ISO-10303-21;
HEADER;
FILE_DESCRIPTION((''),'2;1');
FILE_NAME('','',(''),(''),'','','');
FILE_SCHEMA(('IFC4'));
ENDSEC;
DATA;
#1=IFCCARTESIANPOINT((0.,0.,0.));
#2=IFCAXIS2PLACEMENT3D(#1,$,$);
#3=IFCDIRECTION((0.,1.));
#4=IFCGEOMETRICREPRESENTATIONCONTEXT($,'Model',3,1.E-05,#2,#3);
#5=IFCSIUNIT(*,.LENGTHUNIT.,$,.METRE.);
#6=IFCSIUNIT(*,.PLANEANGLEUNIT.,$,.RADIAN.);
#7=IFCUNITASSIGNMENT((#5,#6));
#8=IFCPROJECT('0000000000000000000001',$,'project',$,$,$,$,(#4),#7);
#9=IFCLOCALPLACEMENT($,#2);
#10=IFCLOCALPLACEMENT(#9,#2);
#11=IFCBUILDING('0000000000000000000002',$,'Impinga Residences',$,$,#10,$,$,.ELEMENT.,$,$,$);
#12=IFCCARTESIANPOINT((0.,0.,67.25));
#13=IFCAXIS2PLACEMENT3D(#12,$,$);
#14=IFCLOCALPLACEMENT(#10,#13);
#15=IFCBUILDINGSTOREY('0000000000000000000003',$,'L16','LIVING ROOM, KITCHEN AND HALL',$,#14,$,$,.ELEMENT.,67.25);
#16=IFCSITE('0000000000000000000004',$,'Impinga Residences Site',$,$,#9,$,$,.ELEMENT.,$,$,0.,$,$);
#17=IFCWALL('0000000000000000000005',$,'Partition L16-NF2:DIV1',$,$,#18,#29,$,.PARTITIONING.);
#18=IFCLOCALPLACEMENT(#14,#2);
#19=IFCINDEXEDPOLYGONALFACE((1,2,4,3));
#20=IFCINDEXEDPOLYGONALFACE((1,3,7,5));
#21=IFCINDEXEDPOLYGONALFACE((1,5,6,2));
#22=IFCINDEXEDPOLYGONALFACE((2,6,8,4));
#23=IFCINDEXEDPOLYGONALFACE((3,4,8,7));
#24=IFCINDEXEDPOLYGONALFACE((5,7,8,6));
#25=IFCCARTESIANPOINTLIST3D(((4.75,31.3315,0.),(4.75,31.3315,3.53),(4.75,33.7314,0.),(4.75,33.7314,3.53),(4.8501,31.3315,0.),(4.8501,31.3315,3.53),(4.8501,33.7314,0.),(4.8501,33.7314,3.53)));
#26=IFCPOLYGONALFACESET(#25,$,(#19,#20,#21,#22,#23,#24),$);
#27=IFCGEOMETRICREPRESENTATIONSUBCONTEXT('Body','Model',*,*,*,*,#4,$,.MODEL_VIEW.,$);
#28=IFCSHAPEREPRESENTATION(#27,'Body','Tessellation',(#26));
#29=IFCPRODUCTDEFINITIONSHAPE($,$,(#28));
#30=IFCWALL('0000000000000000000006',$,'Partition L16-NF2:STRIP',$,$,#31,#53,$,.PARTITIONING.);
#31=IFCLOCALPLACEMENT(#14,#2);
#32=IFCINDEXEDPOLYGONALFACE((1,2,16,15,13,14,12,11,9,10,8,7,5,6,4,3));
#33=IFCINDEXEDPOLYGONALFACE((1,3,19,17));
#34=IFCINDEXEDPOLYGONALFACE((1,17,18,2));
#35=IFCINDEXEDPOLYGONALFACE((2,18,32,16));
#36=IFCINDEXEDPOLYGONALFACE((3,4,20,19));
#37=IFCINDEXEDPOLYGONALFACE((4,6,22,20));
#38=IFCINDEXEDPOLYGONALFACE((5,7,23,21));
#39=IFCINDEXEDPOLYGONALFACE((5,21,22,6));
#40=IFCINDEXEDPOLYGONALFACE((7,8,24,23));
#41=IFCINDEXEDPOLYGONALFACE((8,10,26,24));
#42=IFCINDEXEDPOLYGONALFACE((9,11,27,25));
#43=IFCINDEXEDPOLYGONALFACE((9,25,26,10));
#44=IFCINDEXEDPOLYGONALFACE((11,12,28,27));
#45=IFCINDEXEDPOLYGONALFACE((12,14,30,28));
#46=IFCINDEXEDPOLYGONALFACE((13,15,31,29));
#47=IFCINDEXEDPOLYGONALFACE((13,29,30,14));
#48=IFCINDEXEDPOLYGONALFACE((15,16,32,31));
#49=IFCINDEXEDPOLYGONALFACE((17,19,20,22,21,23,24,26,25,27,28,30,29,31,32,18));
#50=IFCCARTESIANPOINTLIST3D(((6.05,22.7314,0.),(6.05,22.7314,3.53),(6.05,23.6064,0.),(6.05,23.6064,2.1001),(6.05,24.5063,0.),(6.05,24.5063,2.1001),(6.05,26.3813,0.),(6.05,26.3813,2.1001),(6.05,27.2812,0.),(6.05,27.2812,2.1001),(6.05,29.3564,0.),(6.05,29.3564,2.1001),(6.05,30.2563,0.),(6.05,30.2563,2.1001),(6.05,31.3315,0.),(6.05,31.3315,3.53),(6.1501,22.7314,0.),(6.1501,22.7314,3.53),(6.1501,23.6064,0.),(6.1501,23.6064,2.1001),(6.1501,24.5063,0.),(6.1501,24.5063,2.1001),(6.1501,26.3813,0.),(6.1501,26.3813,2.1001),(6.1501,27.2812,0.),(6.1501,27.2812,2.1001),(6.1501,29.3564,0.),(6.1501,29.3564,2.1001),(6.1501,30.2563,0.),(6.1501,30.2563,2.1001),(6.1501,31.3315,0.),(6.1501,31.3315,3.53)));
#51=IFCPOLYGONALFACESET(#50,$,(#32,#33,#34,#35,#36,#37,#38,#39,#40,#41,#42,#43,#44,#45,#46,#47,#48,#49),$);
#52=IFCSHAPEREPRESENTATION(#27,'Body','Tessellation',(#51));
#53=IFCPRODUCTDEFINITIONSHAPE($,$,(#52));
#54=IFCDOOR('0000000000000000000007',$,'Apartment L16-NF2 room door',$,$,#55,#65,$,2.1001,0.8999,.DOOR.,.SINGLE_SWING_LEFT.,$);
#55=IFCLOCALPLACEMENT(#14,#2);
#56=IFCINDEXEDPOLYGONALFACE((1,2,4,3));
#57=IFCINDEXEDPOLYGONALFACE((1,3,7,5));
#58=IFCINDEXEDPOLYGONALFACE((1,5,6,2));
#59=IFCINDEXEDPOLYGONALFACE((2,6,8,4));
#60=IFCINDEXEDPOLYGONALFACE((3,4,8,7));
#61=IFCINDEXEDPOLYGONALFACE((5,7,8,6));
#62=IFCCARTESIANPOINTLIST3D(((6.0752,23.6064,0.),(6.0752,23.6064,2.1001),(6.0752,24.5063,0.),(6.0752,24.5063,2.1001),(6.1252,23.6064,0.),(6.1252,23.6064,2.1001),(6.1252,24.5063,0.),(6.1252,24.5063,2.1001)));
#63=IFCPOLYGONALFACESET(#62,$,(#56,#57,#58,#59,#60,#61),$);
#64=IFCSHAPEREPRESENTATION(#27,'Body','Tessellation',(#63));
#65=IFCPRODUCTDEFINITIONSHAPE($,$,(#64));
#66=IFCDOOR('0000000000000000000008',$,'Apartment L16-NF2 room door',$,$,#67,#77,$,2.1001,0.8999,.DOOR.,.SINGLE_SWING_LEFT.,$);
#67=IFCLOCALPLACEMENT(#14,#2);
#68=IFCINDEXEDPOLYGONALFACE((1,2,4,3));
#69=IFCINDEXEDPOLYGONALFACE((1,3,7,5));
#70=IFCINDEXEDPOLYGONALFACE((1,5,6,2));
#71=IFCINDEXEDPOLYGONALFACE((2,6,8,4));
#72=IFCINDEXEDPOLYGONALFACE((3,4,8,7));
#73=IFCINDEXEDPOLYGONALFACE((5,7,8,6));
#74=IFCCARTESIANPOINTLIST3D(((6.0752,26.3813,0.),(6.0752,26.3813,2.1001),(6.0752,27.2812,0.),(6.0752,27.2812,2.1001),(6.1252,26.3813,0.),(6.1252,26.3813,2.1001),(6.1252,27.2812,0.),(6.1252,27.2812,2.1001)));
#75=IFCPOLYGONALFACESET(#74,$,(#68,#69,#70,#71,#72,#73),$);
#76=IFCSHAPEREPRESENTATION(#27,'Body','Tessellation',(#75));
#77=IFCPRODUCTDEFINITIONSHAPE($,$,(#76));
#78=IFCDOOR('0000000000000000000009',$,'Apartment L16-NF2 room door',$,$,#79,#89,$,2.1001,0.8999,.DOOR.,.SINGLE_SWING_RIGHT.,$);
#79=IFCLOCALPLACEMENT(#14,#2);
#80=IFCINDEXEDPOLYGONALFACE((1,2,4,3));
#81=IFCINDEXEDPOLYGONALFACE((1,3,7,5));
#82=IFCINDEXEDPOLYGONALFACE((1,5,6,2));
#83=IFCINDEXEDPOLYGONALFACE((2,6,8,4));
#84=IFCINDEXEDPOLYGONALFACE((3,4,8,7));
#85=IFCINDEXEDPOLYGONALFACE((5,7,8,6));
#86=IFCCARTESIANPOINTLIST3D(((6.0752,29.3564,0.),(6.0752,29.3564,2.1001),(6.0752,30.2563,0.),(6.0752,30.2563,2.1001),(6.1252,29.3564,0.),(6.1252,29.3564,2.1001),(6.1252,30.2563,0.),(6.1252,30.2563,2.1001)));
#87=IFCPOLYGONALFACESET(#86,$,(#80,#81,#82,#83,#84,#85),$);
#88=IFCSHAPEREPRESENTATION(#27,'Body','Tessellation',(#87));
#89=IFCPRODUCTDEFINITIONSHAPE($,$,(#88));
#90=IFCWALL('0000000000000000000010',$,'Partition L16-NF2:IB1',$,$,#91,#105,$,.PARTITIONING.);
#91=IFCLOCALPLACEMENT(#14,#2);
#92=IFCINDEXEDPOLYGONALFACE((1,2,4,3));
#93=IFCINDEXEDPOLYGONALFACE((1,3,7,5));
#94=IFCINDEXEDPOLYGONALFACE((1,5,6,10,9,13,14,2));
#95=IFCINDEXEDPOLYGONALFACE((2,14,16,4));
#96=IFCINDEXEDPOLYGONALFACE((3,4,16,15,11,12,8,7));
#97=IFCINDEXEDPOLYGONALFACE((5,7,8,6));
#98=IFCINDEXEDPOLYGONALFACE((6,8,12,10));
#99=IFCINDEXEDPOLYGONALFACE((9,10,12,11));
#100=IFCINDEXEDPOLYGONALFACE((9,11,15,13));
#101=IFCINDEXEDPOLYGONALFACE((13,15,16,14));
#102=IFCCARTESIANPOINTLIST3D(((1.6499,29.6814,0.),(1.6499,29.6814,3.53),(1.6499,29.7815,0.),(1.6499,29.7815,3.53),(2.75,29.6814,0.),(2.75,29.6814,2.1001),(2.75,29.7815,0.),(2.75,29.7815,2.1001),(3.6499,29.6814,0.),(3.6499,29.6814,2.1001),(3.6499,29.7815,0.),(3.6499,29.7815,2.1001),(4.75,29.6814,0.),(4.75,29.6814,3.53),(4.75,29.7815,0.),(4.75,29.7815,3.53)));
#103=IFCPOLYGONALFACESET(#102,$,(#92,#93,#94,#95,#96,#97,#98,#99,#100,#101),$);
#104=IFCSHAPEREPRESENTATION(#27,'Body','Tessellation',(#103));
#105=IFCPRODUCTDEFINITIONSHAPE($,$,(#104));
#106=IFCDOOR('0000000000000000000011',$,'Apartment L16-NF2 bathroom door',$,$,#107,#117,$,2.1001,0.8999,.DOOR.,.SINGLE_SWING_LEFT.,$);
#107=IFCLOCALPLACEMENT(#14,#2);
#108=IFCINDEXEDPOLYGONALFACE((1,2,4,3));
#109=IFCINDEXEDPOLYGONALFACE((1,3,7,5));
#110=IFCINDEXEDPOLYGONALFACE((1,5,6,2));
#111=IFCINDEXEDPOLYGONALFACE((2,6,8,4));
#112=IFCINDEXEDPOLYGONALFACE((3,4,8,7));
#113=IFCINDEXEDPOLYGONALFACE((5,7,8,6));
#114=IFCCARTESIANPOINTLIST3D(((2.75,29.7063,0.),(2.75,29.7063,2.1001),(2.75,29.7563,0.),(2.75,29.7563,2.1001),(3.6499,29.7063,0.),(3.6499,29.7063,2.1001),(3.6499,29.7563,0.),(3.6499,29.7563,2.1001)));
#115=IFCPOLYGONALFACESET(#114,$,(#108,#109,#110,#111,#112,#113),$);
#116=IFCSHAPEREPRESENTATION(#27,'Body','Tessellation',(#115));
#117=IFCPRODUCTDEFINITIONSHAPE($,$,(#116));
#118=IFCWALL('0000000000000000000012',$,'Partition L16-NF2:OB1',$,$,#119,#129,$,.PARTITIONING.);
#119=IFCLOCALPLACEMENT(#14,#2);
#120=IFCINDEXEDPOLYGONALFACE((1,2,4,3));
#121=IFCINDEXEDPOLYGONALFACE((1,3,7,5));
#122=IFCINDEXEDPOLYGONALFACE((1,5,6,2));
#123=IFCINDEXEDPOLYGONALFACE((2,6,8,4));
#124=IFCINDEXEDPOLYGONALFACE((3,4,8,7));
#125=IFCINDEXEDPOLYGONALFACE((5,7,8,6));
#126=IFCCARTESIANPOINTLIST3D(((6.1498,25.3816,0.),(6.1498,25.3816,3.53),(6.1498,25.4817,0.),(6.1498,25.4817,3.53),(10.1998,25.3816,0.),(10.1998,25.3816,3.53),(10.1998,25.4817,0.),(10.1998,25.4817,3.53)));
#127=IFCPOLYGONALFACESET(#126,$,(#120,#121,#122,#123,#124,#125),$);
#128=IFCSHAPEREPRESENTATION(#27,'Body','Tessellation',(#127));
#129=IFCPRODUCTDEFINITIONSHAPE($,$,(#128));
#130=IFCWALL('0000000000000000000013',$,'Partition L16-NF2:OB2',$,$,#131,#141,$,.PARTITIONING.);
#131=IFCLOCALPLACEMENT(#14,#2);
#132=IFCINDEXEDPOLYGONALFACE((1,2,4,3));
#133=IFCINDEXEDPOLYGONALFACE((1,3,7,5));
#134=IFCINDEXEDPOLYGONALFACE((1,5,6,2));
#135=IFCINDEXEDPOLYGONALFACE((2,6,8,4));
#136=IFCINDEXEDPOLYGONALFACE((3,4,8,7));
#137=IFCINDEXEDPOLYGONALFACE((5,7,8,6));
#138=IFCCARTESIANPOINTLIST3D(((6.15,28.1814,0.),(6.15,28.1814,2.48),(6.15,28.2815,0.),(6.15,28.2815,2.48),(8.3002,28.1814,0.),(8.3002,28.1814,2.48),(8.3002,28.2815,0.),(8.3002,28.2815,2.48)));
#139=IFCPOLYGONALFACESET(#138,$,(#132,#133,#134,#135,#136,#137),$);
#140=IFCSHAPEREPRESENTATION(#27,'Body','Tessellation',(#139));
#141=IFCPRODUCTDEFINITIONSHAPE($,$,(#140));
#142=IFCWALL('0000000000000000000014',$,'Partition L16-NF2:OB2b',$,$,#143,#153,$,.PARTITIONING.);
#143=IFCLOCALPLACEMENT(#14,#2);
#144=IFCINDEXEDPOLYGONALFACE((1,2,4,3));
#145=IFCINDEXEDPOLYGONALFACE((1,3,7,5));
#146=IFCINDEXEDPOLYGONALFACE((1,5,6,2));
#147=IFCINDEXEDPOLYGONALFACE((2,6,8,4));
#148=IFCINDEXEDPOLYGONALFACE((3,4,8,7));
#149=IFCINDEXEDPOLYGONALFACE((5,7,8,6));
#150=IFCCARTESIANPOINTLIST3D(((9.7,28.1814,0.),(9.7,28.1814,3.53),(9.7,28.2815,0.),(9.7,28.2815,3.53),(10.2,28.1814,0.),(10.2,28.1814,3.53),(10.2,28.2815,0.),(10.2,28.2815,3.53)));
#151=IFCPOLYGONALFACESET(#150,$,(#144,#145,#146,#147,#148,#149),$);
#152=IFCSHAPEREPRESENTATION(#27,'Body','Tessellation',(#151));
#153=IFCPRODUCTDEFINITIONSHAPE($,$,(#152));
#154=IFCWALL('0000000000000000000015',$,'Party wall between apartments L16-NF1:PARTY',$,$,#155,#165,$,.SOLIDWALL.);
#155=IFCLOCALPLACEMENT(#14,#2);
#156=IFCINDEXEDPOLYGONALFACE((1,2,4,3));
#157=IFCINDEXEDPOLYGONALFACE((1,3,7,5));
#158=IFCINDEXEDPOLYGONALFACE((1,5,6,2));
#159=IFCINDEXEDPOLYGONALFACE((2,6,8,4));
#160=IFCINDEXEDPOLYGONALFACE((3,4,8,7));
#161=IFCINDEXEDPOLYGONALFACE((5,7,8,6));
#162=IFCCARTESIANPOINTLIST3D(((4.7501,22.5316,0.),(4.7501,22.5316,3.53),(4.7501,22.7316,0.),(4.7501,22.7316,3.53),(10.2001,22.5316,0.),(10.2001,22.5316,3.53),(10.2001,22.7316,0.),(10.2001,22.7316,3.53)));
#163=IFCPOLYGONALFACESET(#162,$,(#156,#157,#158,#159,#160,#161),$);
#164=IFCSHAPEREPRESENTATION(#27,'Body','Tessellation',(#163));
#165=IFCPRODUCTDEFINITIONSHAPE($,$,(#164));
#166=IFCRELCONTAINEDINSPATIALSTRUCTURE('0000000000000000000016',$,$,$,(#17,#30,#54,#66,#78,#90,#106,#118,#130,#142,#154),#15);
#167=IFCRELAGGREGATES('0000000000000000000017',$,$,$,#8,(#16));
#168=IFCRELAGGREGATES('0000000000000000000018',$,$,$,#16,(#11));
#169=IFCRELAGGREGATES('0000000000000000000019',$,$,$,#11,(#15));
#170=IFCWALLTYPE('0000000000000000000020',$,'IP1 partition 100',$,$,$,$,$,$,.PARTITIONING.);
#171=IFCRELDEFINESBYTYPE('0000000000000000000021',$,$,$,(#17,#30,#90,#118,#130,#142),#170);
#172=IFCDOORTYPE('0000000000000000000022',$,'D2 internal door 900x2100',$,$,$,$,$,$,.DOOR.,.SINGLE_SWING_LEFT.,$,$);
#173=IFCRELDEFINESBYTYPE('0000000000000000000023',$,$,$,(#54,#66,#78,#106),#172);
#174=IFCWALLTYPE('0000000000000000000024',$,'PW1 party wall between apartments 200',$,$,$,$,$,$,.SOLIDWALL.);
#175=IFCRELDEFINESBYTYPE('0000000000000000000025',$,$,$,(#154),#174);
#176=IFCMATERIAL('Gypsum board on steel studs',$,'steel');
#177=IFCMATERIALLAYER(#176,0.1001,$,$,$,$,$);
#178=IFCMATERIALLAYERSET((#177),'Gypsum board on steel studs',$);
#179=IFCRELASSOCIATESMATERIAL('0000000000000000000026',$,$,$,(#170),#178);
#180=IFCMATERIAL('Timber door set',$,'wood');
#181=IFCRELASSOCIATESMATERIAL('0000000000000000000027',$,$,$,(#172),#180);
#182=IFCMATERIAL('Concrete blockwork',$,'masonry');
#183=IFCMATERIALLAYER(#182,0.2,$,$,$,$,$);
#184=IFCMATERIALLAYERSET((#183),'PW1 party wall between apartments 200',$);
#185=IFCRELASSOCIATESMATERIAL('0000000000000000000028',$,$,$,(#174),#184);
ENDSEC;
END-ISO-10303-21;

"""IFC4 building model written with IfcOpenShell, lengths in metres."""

from ifc_helpers import new_model, si_unit, direction, frame, frame_2d, origin, place, context, subcontext, project, spatial, rectangle, extrude, material, layer, layer_set, type_object, element, fill, save


model = new_model("IFC4")

# Units and contexts
model_context = context("Model", 3, precision=1e-05, world=origin(), true_north=direction((0.0, 1.0)))
body_context = subcontext(model_context, "Body", "Model", "MODEL_VIEW")
ifc_project = project(units=[si_unit("LENGTHUNIT", "METRE"), si_unit("PLANEANGLEUNIT", "RADIAN")], contexts=[model_context])

# Site, building, storey
site_placement = place(None, origin())
site = spatial("IfcSite", under=ifc_project, at=site_placement, Name="Impinga Residences Site", CompositionType="ELEMENT", RefElevation=0.0)
building_placement = place(site_placement, origin())
building = spatial("IfcBuilding", under=site, at=building_placement, Name="Impinga Residences", CompositionType="ELEMENT")
storey_placement = place(building_placement, frame((0.0, 0.0, 67.25)))
storey = spatial("IfcBuildingStorey", under=building, at=storey_placement, Name="L16", Description="LIVING ROOM, KITCHEN AND HALL", CompositionType="ELEMENT", Elevation=67.25)

# Shared definitions
ifc_material_1 = material(Name="Gypsum board on steel studs", Category="steel")
ifc_layer_1 = layer(ifc_material_1, 0.1001)
ifc_layer_set_1 = layer_set([ifc_layer_1], Name="Gypsum board on steel studs")
wall_type_1 = type_object("IfcWallType", Name="IP1 partition 100", PredefinedType="PARTITIONING", material=ifc_layer_set_1)

# Shared definitions
ifc_material_2 = material(Name="Timber door set", Category="wood")
door_type = type_object("IfcDoorType", Name="D2 internal door 900x2100", OperationType="SINGLE_SWING_LEFT", PredefinedType="DOOR", material=ifc_material_2)

# Wall
wall_1_placement = place(storey_placement, frame((4.8, 31.3315, 0.0), z_axis=(0.0, 0.0, 1.0), x_axis=(0.0, 1.0, 0.0)))
element("IfcWall", 1, at=wall_1_placement, inside=storey, type_object=wall_type_1, Name="Partition L16-NF2:DIV1", PredefinedType="PARTITIONING", context=body_context, shape_type="SweptSolid", body=[
    extrude(rectangle(XDim=2.3999, YDim=0.1001, at=frame_2d((1.2, 0.0))), origin(), (0.0, 0.0, 1.0), 3.53),
])

# Wall, openings, doors
wall_2_placement = place(storey_placement, frame((6.1001, 22.7314, 0.0), z_axis=(0.0, 0.0, 1.0), x_axis=(0.0, 1.0, 0.0)))
wall_2 = element("IfcWall", 2, at=wall_2_placement, inside=storey, type_object=wall_type_1, Name="Partition L16-NF2:STRIP", PredefinedType="PARTITIONING", context=body_context, shape_type="SweptSolid", body=[
    extrude(rectangle(XDim=8.6001, YDim=0.1001, at=frame_2d((4.3, 0.0))), origin(), (0.0, 0.0, 1.0), 3.53),
])
opening_1_placement = place(wall_2_placement, frame((0.875, 0.0, 0.0)))
opening_1 = element("IfcOpeningElement", 3, at=opening_1_placement, cuts=wall_2, PredefinedType="OPENING", context=body_context, shape_type="SweptSolid", body=[
    extrude(rectangle(XDim=0.8999, YDim=2.1001, at=frame_2d((0.45, 1.05))), frame((0.0, 0.0601, 0.0), z_axis=(0.0, -1.0, 0.0), x_axis=(1.0, 0.0, 0.0)), (0.0, 0.0, 1.0), 0.1201),
])
opening_2_placement = place(wall_2_placement, frame((3.6499, 0.0, 0.0)))
opening_2 = element("IfcOpeningElement", 4, at=opening_2_placement, cuts=wall_2, PredefinedType="OPENING", context=body_context, shape_type="SweptSolid", body=[
    extrude(rectangle(XDim=0.8999, YDim=2.1001, at=frame_2d((0.45, 1.05))), frame((0.0, 0.0601, 0.0), z_axis=(0.0, -1.0, 0.0), x_axis=(1.0, 0.0, 0.0)), (0.0, 0.0, 1.0), 0.1201),
])
opening_3_placement = place(wall_2_placement, frame((6.625, 0.0, 0.0)))
opening_3 = element("IfcOpeningElement", 5, at=opening_3_placement, cuts=wall_2, PredefinedType="OPENING", context=body_context, shape_type="SweptSolid", body=[
    extrude(rectangle(XDim=0.8999, YDim=2.1001, at=frame_2d((0.45, 1.05))), frame((0.0, 0.0601, 0.0), z_axis=(0.0, -1.0, 0.0), x_axis=(1.0, 0.0, 0.0)), (0.0, 0.0, 1.0), 0.1201),
])
door_1_placement = place(opening_1_placement, origin())
door_1 = element("IfcDoor", 6, at=door_1_placement, inside=storey, type_object=door_type, Name="Apartment L16-NF2 room door", OperationType="SINGLE_SWING_LEFT", OverallHeight=2.1001, OverallWidth=0.8999, PredefinedType="DOOR", context=body_context, shape_type="SweptSolid", body=[
    extrude(rectangle(XDim=0.8999, YDim=2.1001, at=frame_2d((0.45, 1.05))), frame((0.0, 0.0249, 0.0), z_axis=(0.0, -1.0, 0.0), x_axis=(1.0, 0.0, 0.0)), (0.0, 0.0, 1.0), 0.05),
])
fill(opening_1, door_1)
door_2_placement = place(opening_2_placement, origin())
door_2 = element("IfcDoor", 7, at=door_2_placement, inside=storey, type_object=door_type, Name="Apartment L16-NF2 room door", OperationType="SINGLE_SWING_LEFT", OverallHeight=2.1001, OverallWidth=0.8999, PredefinedType="DOOR", context=body_context, shape_type="SweptSolid", body=[
    extrude(rectangle(XDim=0.8999, YDim=2.1001, at=frame_2d((0.45, 1.05))), frame((0.0, 0.0249, 0.0), z_axis=(0.0, -1.0, 0.0), x_axis=(1.0, 0.0, 0.0)), (0.0, 0.0, 1.0), 0.05),
])
fill(opening_2, door_2)
door_3_placement = place(opening_3_placement, origin())
door_3 = element("IfcDoor", 8, at=door_3_placement, inside=storey, type_object=door_type, Name="Apartment L16-NF2 room door", OperationType="SINGLE_SWING_RIGHT", OverallHeight=2.1001, OverallWidth=0.8999, PredefinedType="DOOR", context=body_context, shape_type="SweptSolid", body=[
    extrude(rectangle(XDim=0.8999, YDim=2.1001, at=frame_2d((0.45, 1.05))), frame((0.0, 0.0249, 0.0), z_axis=(0.0, -1.0, 0.0), x_axis=(1.0, 0.0, 0.0)), (0.0, 0.0, 1.0), 0.05),
])
fill(opening_3, door_3)

# Wall, opening, door
wall_3_placement = place(storey_placement, frame((1.6499, 29.7314, 0.0), z_axis=(0.0, 0.0, 1.0), x_axis=(1.0, 0.0, 0.0)))
wall_3 = element("IfcWall", 9, at=wall_3_placement, inside=storey, type_object=wall_type_1, Name="Partition L16-NF2:IB1", PredefinedType="PARTITIONING", context=body_context, shape_type="SweptSolid", body=[
    extrude(rectangle(XDim=3.1001, YDim=0.1001, at=frame_2d((1.55, 0.0))), origin(), (0.0, 0.0, 1.0), 3.53),
])
opening_4_placement = place(wall_3_placement, frame((1.1001, 0.0, 0.0)))
opening_4 = element("IfcOpeningElement", 10, at=opening_4_placement, cuts=wall_3, PredefinedType="OPENING", context=body_context, shape_type="SweptSolid", body=[
    extrude(rectangle(XDim=0.8999, YDim=2.1001, at=frame_2d((0.45, 1.05))), frame((0.0, 0.0601, 0.0), z_axis=(0.0, -1.0, 0.0), x_axis=(1.0, 0.0, 0.0)), (0.0, 0.0, 1.0), 0.1201),
])
door_4_placement = place(opening_4_placement, origin())
door_4 = element("IfcDoor", 11, at=door_4_placement, inside=storey, type_object=door_type, Name="Apartment L16-NF2 bathroom door", OperationType="SINGLE_SWING_LEFT", OverallHeight=2.1001, OverallWidth=0.8999, PredefinedType="DOOR", context=body_context, shape_type="SweptSolid", body=[
    extrude(rectangle(XDim=0.8999, YDim=2.1001, at=frame_2d((0.45, 1.05))), frame((0.0, 0.0249, 0.0), z_axis=(0.0, -1.0, 0.0), x_axis=(1.0, 0.0, 0.0)), (0.0, 0.0, 1.0), 0.05),
])
fill(opening_4, door_4)

# Walls
wall_4_placement = place(storey_placement, frame((6.1499, 25.4316, 0.0), z_axis=(0.0, 0.0, 1.0), x_axis=(1.0, 0.0, 0.0)))
element("IfcWall", 12, at=wall_4_placement, inside=storey, type_object=wall_type_1, Name="Partition L16-NF2:OB1", PredefinedType="PARTITIONING", context=body_context, shape_type="SweptSolid", body=[
    extrude(rectangle(XDim=4.05, YDim=0.1001, at=frame_2d((2.0249, 0.0))), origin(), (0.0, 0.0, 1.0), 3.53),
])
wall_5_placement = place(storey_placement, frame((6.1499, 28.2314, 0.0), z_axis=(0.0, 0.0, 1.0), x_axis=(1.0, 0.0, 0.0)))
element("IfcWall", 13, at=wall_5_placement, inside=storey, type_object=wall_type_1, Name="Partition L16-NF2:OB2", PredefinedType="PARTITIONING", context=body_context, shape_type="SweptSolid", body=[
    extrude(rectangle(XDim=2.1501, YDim=0.1001, at=frame_2d((1.0752, 0.0))), origin(), (0.0, 0.0, 1.0), 2.48),
])
wall_6_placement = place(storey_placement, frame((9.7, 28.2314, 0.0), z_axis=(0.0, 0.0, 1.0), x_axis=(1.0, 0.0, 0.0)))
element("IfcWall", 14, at=wall_6_placement, inside=storey, type_object=wall_type_1, Name="Partition L16-NF2:OB2b", PredefinedType="PARTITIONING", context=body_context, shape_type="SweptSolid", body=[
    extrude(rectangle(XDim=0.5, YDim=0.1001, at=frame_2d((0.25, 0.0))), origin(), (0.0, 0.0, 1.0), 3.53),
])
ifc_material_3 = material(Name="Concrete blockwork", Category="masonry")
ifc_layer_2 = layer(ifc_material_3, 0.2)
ifc_layer_set_2 = layer_set([ifc_layer_2], Name="PW1 party wall between apartments 200")
wall_type_2 = type_object("IfcWallType", Name="PW1 party wall between apartments 200", PredefinedType="SOLIDWALL", material=ifc_layer_set_2)
wall_7_placement = place(storey_placement, frame((4.75, 22.6316, 0.0), z_axis=(0.0, 0.0, 1.0), x_axis=(1.0, 0.0, 0.0)))
element("IfcWall", 15, at=wall_7_placement, inside=storey, type_object=wall_type_2, Name="Party wall between apartments L16-NF1:PARTY", PredefinedType="SOLIDWALL", context=body_context, shape_type="SweptSolid", body=[
    extrude(rectangle(XDim=5.45, YDim=0.2, at=frame_2d((2.7251, 0.0))), origin(), (0.0, 0.0, 1.0), 3.53),
])

save(model, "model.ifc")
